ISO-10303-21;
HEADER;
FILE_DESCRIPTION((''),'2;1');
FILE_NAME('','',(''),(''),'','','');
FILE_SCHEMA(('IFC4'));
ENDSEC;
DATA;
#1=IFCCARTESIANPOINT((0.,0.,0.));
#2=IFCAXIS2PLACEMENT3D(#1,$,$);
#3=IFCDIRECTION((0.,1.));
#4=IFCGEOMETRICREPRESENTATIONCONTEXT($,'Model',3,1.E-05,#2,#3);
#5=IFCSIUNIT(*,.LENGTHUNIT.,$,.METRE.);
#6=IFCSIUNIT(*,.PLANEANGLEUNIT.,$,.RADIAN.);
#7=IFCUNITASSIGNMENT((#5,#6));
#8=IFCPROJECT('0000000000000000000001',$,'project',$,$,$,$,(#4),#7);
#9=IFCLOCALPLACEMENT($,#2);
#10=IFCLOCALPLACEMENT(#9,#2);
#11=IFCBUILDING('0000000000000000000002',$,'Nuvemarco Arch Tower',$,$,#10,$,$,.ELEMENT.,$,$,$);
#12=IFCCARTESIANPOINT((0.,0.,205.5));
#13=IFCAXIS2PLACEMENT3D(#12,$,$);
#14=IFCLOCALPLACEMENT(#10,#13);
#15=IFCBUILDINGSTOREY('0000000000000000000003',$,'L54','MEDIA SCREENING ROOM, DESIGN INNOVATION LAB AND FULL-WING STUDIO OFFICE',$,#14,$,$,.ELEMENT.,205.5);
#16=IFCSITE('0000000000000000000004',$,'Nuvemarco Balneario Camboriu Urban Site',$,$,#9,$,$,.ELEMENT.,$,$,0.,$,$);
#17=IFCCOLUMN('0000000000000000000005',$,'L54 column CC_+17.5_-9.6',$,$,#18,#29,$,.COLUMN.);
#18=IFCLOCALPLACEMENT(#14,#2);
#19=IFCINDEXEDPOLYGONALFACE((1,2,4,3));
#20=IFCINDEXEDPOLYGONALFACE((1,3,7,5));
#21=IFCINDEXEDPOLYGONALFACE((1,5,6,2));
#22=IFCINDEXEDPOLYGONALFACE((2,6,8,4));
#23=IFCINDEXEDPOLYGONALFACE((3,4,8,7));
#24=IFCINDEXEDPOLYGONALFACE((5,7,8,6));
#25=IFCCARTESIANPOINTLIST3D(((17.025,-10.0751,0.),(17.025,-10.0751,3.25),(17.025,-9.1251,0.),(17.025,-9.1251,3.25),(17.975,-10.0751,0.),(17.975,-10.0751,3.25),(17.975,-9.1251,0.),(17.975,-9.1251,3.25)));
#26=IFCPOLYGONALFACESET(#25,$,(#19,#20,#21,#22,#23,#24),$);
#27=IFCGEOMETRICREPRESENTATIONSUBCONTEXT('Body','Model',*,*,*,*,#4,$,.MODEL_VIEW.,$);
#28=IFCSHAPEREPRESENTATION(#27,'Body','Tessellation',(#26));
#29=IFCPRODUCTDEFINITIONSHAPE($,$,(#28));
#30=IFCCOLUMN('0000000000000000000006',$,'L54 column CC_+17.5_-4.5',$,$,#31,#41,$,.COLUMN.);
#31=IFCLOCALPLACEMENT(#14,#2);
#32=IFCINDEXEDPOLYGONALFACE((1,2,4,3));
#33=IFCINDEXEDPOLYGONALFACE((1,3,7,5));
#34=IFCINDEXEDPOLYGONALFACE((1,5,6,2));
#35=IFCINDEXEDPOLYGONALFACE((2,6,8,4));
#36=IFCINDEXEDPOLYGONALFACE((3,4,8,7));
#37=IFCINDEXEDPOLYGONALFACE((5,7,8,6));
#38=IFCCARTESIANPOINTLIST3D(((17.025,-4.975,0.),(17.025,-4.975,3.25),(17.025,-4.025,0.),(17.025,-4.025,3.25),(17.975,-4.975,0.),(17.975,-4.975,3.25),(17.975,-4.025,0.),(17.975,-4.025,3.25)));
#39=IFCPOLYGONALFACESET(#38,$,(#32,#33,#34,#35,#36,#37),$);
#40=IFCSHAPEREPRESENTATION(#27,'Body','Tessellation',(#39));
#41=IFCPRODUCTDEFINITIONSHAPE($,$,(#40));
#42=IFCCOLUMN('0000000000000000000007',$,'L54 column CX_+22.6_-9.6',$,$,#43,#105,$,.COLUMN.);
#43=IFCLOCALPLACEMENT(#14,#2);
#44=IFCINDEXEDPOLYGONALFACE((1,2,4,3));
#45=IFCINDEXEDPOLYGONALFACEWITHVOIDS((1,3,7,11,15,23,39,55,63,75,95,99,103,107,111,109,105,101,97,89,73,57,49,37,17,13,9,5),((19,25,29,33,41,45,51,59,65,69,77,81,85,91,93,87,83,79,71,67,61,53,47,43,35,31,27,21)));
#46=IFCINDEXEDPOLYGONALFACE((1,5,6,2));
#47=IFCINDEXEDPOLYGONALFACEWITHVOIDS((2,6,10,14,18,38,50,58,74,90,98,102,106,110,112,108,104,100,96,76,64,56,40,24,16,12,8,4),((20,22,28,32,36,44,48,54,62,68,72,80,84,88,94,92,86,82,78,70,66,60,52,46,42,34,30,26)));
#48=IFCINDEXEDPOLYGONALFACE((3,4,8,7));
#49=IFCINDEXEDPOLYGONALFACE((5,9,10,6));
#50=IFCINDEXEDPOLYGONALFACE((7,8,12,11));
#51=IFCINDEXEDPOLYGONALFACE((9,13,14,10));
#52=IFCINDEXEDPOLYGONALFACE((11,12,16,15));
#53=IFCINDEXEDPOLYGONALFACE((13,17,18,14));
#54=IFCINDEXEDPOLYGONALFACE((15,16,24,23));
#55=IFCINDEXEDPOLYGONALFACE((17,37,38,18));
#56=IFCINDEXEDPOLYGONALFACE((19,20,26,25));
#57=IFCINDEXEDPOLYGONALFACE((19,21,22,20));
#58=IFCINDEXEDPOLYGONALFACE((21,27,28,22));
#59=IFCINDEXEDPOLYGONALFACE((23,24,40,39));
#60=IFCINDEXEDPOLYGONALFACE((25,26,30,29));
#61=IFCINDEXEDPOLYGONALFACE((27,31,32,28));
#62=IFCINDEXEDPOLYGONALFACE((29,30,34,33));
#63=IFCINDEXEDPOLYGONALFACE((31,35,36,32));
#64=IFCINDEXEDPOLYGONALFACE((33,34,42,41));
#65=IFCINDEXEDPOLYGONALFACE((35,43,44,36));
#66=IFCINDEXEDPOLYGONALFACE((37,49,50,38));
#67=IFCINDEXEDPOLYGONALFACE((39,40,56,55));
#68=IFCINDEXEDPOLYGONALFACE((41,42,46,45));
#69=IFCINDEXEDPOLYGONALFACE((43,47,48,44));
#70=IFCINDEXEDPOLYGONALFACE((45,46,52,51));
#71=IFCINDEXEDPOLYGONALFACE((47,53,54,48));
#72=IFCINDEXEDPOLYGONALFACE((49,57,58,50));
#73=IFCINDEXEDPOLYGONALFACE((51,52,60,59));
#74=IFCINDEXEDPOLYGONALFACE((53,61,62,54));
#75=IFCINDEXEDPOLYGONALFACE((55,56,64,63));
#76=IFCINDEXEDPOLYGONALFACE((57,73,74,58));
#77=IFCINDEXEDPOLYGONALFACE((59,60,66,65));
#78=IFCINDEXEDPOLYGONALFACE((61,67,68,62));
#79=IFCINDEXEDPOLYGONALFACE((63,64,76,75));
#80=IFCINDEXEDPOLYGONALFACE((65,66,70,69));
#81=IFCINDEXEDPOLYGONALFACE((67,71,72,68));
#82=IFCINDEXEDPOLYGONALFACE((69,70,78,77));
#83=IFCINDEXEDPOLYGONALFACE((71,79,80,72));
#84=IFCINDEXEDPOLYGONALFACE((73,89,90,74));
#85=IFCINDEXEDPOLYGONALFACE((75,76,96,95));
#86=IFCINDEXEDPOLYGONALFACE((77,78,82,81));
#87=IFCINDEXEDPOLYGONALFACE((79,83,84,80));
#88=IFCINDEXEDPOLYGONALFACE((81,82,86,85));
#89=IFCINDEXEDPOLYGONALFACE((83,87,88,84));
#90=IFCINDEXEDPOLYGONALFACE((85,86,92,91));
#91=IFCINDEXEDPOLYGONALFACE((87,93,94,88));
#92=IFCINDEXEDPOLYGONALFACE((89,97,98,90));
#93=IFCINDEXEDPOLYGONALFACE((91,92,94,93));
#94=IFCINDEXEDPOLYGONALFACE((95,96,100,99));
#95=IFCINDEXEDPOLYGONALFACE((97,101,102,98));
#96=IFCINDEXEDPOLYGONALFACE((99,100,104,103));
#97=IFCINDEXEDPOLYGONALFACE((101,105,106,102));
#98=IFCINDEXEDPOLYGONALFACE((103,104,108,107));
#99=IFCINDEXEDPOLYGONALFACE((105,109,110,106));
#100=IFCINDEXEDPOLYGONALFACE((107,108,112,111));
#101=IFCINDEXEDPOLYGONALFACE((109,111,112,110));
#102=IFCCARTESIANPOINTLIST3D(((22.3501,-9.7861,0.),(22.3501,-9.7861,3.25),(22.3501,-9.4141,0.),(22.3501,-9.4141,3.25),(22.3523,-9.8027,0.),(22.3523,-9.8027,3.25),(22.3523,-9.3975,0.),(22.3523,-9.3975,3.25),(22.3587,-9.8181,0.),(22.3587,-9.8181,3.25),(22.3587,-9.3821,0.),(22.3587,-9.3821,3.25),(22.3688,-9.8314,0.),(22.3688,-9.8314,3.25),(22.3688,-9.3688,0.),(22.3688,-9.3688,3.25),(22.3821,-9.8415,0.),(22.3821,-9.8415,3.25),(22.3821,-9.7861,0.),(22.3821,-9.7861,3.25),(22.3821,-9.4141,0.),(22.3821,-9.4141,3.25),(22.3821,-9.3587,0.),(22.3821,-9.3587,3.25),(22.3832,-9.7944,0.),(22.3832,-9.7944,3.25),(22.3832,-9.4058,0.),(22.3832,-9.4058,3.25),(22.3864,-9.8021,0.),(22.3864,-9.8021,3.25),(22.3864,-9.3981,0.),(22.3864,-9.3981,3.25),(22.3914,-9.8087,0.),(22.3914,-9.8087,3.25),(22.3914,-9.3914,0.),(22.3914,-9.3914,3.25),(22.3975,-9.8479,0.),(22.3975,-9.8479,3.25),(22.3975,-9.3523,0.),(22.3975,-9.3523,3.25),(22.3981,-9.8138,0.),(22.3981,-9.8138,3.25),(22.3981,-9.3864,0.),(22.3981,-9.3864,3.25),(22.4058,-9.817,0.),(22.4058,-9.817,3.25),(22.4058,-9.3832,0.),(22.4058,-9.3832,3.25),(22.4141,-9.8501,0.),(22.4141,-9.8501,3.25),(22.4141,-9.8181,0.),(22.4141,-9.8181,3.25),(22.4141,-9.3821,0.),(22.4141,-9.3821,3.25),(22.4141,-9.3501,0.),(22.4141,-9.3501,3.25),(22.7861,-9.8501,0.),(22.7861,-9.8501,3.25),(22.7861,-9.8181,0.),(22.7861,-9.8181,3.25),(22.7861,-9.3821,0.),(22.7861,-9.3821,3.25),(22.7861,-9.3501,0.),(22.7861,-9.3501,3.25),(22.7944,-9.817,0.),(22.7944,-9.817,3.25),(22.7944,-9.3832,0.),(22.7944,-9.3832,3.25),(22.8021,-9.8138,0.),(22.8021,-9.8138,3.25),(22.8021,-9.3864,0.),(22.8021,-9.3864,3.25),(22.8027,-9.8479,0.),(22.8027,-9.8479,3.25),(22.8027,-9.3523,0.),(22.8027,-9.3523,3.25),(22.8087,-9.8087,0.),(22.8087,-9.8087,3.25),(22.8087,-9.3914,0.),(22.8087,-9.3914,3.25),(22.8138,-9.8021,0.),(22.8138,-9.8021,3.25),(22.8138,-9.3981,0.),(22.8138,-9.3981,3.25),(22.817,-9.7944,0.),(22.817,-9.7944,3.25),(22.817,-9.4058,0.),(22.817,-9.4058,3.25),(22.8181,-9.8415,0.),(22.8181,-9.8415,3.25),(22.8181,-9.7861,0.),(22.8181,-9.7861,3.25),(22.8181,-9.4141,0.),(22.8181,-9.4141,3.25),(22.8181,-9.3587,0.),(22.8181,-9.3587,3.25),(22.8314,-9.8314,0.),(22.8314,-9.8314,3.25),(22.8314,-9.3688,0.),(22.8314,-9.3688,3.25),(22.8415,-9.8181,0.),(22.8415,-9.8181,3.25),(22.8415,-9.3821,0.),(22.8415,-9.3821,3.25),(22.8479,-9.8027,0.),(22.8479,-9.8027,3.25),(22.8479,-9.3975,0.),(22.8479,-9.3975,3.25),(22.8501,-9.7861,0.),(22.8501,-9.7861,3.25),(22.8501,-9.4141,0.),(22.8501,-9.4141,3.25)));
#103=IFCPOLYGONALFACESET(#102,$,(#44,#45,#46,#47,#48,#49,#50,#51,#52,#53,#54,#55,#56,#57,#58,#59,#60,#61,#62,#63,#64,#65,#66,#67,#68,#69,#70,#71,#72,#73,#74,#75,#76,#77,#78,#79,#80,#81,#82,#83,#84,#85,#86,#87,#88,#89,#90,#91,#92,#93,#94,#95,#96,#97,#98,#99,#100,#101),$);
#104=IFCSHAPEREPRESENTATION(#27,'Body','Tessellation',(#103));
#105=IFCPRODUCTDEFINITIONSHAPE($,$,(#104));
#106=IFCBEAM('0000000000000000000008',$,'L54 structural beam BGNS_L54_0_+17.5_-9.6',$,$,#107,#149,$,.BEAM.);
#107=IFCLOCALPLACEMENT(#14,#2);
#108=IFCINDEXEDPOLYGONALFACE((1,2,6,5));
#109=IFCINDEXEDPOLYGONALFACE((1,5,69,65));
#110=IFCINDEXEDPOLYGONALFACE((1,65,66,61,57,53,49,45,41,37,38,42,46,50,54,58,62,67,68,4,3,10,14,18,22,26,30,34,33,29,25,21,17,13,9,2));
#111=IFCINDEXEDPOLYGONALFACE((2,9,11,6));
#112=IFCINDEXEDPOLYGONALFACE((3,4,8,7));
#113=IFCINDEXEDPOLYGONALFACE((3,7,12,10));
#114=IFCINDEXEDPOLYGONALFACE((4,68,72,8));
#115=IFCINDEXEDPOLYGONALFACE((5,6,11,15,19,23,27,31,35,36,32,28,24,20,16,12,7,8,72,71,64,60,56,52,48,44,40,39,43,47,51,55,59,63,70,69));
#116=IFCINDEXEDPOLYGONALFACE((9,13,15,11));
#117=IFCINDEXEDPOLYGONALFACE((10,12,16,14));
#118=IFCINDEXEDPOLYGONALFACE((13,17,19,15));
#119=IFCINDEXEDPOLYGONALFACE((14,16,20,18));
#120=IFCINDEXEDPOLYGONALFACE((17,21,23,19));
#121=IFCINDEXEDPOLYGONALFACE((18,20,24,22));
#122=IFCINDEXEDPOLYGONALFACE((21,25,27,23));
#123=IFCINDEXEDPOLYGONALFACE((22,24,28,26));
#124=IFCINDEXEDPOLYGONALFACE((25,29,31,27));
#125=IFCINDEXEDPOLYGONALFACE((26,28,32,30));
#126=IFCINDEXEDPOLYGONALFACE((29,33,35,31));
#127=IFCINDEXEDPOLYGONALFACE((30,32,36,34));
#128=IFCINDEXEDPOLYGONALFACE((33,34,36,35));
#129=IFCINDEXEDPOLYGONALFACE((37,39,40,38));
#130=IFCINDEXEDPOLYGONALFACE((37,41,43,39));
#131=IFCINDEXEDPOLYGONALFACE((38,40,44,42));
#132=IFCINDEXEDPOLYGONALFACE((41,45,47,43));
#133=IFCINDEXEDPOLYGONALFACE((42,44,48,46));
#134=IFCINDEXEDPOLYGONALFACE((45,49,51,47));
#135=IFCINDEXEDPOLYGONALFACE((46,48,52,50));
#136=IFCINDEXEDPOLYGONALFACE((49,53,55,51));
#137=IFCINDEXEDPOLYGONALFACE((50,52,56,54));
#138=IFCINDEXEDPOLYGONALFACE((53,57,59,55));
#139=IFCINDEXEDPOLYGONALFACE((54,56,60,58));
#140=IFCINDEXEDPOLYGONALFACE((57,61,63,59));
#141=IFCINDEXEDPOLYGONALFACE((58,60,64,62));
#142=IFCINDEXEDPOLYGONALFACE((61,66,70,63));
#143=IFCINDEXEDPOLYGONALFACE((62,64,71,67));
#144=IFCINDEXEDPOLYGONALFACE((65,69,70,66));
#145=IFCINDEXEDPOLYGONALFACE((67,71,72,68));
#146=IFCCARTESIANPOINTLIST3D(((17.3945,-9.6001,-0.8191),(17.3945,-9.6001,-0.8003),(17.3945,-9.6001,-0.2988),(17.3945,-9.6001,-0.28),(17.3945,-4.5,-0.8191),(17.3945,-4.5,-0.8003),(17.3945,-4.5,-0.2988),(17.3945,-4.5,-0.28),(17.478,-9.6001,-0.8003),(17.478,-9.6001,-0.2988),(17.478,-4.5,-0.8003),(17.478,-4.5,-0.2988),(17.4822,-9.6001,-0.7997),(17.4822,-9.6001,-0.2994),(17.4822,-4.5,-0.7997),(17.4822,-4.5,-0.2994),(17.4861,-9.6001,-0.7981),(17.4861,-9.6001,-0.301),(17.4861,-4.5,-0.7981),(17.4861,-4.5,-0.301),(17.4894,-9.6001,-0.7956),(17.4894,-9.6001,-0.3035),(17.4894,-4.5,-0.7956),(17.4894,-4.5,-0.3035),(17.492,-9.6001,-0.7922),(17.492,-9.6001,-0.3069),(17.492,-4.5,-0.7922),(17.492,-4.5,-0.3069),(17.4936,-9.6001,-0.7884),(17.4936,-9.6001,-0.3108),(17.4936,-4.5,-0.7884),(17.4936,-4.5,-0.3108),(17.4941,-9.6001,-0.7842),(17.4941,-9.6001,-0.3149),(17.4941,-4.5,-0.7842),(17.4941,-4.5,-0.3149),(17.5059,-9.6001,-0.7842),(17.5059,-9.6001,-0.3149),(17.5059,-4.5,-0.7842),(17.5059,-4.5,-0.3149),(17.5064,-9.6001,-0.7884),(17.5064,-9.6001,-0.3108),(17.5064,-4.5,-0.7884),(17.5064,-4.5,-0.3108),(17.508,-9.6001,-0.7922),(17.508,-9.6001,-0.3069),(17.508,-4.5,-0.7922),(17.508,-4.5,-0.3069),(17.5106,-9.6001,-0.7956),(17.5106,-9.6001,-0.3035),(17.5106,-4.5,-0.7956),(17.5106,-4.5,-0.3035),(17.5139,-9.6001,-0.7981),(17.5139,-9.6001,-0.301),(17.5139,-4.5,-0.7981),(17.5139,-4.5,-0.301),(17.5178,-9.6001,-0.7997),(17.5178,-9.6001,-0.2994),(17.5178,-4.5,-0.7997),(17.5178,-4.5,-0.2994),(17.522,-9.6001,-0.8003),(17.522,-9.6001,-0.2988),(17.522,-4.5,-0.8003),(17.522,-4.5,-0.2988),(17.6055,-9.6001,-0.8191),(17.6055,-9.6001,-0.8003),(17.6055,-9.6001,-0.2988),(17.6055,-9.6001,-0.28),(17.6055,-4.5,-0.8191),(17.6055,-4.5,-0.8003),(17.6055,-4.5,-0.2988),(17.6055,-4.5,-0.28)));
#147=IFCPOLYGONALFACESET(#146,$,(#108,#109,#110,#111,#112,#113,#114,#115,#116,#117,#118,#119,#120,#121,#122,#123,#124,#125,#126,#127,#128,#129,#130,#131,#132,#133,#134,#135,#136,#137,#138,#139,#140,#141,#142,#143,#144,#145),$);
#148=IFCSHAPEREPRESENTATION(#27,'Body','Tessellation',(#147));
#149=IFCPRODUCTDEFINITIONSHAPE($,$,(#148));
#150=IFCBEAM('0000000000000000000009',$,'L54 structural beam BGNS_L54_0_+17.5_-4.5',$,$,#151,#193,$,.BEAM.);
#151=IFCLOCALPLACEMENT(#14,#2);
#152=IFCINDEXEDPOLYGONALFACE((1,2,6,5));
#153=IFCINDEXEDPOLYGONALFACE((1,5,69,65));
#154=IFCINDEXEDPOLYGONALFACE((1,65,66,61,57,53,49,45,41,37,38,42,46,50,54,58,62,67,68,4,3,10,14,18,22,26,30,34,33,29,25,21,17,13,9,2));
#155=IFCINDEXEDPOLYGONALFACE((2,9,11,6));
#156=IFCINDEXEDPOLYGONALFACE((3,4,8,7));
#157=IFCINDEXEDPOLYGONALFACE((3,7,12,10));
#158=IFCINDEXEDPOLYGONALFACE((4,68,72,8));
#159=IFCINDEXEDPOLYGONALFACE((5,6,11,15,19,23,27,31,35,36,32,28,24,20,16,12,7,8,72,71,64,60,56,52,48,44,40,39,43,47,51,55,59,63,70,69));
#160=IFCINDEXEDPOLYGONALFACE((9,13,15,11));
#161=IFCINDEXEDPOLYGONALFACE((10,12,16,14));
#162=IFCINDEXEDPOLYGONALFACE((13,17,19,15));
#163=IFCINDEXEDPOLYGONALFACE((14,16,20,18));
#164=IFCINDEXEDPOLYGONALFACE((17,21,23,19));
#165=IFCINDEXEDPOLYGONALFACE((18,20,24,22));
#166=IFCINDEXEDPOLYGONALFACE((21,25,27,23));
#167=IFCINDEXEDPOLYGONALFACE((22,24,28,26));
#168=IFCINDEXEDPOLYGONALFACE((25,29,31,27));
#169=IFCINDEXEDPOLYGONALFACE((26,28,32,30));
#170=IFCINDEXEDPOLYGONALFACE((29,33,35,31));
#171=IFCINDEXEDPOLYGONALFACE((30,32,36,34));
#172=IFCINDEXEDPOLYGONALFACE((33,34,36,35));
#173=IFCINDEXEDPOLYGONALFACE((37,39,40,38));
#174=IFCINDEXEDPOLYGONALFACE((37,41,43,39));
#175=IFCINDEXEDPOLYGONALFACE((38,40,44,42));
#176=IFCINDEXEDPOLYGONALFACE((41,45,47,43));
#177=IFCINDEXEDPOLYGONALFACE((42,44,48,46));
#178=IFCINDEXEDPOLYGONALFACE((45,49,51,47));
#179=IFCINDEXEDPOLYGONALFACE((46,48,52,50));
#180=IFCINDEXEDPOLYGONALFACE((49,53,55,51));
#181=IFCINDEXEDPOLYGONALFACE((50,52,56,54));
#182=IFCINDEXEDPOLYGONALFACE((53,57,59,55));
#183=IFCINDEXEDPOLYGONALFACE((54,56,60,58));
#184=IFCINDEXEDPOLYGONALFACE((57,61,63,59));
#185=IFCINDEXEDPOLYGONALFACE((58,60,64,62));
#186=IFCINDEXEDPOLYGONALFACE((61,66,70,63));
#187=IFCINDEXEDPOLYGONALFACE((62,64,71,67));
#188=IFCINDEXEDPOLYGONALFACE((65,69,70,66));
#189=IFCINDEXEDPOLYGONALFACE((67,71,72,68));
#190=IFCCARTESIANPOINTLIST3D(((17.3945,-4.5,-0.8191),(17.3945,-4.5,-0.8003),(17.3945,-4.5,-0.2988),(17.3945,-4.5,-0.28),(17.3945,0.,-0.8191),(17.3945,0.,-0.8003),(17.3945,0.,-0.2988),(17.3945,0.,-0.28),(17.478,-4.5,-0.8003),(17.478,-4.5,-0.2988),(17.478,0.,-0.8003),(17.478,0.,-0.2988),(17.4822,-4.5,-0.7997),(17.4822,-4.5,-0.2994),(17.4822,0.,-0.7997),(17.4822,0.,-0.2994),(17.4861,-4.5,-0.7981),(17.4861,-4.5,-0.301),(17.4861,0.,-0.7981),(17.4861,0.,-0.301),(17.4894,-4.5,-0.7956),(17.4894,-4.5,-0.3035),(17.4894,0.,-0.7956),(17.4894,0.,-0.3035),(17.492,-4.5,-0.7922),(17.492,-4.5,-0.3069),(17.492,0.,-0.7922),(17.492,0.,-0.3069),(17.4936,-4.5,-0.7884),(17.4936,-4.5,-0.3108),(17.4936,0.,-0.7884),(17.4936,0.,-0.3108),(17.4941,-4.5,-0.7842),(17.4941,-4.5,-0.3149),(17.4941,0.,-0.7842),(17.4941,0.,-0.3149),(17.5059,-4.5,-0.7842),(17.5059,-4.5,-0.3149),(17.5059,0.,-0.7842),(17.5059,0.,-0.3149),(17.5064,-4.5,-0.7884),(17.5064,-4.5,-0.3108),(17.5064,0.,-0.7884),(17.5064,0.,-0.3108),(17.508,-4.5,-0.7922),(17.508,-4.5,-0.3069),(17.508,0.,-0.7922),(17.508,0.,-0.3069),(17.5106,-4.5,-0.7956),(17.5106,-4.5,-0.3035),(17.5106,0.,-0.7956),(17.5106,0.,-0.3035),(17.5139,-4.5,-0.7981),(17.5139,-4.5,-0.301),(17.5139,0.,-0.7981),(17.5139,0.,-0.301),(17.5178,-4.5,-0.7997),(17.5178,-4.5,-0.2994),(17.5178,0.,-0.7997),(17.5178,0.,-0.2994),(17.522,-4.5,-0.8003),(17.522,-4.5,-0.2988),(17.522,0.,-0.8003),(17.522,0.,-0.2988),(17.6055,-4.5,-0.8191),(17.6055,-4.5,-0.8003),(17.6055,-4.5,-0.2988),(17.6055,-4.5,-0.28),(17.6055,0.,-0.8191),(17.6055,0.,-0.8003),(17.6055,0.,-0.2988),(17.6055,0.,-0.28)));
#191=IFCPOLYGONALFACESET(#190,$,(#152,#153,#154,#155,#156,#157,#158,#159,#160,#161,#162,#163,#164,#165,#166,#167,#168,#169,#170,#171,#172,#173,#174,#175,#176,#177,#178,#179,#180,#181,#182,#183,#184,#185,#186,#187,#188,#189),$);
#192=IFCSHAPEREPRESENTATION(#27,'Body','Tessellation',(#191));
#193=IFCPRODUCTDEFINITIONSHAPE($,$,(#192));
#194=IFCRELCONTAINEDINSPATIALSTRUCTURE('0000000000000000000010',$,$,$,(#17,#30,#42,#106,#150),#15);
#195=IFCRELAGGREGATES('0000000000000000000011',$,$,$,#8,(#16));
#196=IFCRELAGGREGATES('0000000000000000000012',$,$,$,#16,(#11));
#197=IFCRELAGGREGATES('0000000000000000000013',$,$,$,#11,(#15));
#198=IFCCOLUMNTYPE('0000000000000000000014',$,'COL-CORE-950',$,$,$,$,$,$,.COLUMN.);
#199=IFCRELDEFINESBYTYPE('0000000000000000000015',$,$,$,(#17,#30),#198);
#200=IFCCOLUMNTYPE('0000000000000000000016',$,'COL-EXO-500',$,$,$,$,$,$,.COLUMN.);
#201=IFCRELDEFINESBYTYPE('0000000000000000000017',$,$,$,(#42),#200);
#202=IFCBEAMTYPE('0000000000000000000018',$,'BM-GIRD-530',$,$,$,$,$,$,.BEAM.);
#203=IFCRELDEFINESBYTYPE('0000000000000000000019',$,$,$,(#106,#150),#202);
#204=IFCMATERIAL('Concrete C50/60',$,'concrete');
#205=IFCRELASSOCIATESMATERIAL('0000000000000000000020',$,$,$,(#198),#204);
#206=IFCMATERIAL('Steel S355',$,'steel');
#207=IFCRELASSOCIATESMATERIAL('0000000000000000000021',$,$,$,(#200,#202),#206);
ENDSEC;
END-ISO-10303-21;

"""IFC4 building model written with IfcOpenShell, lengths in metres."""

from ifc_helpers import new_model, si_unit, direction, frame, origin, origin_2d, place, context, subcontext, project, spatial, rectangle, hollow_rectangle, i_section, extrude, material, material_profile, profile_set, type_object, element, save


model = new_model("IFC4")

# Units and contexts
model_context = context("Model", 3, precision=1e-05, world=origin(), true_north=direction((0.0, 1.0)))
body_context = subcontext(model_context, "Body", "Model", "MODEL_VIEW")
ifc_project = project(units=[si_unit("LENGTHUNIT", "METRE"), si_unit("PLANEANGLEUNIT", "RADIAN")], contexts=[model_context])

# Site, building, storey
site_placement = place(None, origin())
site = spatial("IfcSite", under=ifc_project, at=site_placement, Name="Nuvemarco Balneario Camboriu Urban Site", CompositionType="ELEMENT", RefElevation=0.0)
building_placement = place(site_placement, origin())
building = spatial("IfcBuilding", under=site, at=building_placement, Name="Nuvemarco Arch Tower", CompositionType="ELEMENT")
storey_placement = place(building_placement, frame((0.0, 0.0, 205.5)))
storey = spatial("IfcBuildingStorey", under=building, at=storey_placement, Name="L54", Description="MEDIA SCREENING ROOM, DESIGN INNOVATION LAB AND FULL-WING STUDIO OFFICE", CompositionType="ELEMENT", Elevation=205.5)

# Columns
ifc_material_1 = material(Name="Concrete C50/60", Category="concrete")
ifc_material_profile_1 = material_profile(ifc_material_1, rectangle(XDim=0.95, YDim=0.95, at=origin_2d()), Name="RC-COL-950x950")
ifc_profile_set_1 = profile_set([ifc_material_profile_1], Name="Concrete C50/60")
column_type_1 = type_object("IfcColumnType", Name="COL-CORE-950", PredefinedType="COLUMN", material=ifc_profile_set_1)
for number, where, z_axis, x_axis, name in (
    (1, (17.5, -9.6001, 0.0), (0.0, 0.0, 1.0), (1.0, 0.0, 0.0), "L54 column CC_+17.5_-9.6"),
    (2, (17.5, -4.5, 0.0), (0.0, 0.0, 1.0), (1.0, 0.0, 0.0), "L54 column CC_+17.5_-4.5"),
):
    element("IfcColumn", number, at=place(storey_placement, frame(where, z_axis=z_axis, x_axis=x_axis)), inside=storey, type_object=column_type_1, Name=name, PredefinedType="COLUMN", context=body_context, shape_type="SweptSolid", body=[
        extrude(rectangle(XDim=0.95, YDim=0.95, at=origin_2d()), origin(), (0.0, 0.0, 1.0), 3.25),
    ])
ifc_material_2 = material(Name="Steel S355", Category="steel")
ifc_material_profile_2 = material_profile(ifc_material_2, hollow_rectangle(XDim=0.5, YDim=0.5, WallThickness=0.032, InnerFilletRadius=0.032, OuterFilletRadius=0.064, at=origin_2d()), Name="SHS500x500x32")
ifc_profile_set_2 = profile_set([ifc_material_profile_2], Name="Steel S355")
column_type_2 = type_object("IfcColumnType", Name="COL-EXO-500", PredefinedType="COLUMN", material=ifc_profile_set_2)
column_placement = place(storey_placement, frame((22.6001, -9.6001, 0.0), z_axis=(0.0, 0.0, 1.0), x_axis=(1.0, 0.0, 0.0)))
element("IfcColumn", 3, at=column_placement, inside=storey, type_object=column_type_2, Name="L54 column CX_+22.6_-9.6", PredefinedType="COLUMN", context=body_context, shape_type="SweptSolid", body=[
    extrude(hollow_rectangle(XDim=0.5, YDim=0.5, WallThickness=0.032, InnerFilletRadius=0.032, OuterFilletRadius=0.064, at=origin_2d()), origin(), (0.0, 0.0, 1.0), 3.25),
])

# Beams
ifc_material_profile_3 = material_profile(ifc_material_2, i_section(OverallWidth=0.2109, OverallDepth=0.5391, WebThickness=0.0117, FlangeThickness=0.0188, FilletRadius=0.0161, at=origin_2d()), Name="W530x109")
ifc_profile_set_3 = profile_set([ifc_material_profile_3], Name="Steel S355")
beam_type_1 = type_object("IfcBeamType", Name="BM-GIRD-530", PredefinedType="BEAM", material=ifc_profile_set_3)
beam_1_placement = place(storey_placement, frame((17.5, -9.6001, -0.5496), z_axis=(0.0, 1.0, 0.0), x_axis=(-1.0, 0.0, 0.0)))
element("IfcBeam", 4, at=beam_1_placement, inside=storey, type_object=beam_type_1, Name="L54 structural beam BGNS_L54_0_+17.5_-9.6", PredefinedType="BEAM", context=body_context, shape_type="SweptSolid", body=[
    extrude(i_section(OverallWidth=0.2109, OverallDepth=0.5391, WebThickness=0.0117, FlangeThickness=0.0188, FilletRadius=0.0161, at=origin_2d()), origin(), (0.0, 0.0, 1.0), 5.1001),
])
beam_2_placement = place(storey_placement, frame((17.5, -4.5, -0.5496), z_axis=(0.0, 1.0, 0.0), x_axis=(-1.0, 0.0, 0.0)))
element("IfcBeam", 5, at=beam_2_placement, inside=storey, type_object=beam_type_1, Name="L54 structural beam BGNS_L54_0_+17.5_-4.5", PredefinedType="BEAM", context=body_context, shape_type="SweptSolid", body=[
    extrude(i_section(OverallWidth=0.2109, OverallDepth=0.5391, WebThickness=0.0117, FlangeThickness=0.0188, FilletRadius=0.0161, at=origin_2d()), origin(), (0.0, 0.0, 1.0), 4.5),
])

save(model, "model.ifc")
